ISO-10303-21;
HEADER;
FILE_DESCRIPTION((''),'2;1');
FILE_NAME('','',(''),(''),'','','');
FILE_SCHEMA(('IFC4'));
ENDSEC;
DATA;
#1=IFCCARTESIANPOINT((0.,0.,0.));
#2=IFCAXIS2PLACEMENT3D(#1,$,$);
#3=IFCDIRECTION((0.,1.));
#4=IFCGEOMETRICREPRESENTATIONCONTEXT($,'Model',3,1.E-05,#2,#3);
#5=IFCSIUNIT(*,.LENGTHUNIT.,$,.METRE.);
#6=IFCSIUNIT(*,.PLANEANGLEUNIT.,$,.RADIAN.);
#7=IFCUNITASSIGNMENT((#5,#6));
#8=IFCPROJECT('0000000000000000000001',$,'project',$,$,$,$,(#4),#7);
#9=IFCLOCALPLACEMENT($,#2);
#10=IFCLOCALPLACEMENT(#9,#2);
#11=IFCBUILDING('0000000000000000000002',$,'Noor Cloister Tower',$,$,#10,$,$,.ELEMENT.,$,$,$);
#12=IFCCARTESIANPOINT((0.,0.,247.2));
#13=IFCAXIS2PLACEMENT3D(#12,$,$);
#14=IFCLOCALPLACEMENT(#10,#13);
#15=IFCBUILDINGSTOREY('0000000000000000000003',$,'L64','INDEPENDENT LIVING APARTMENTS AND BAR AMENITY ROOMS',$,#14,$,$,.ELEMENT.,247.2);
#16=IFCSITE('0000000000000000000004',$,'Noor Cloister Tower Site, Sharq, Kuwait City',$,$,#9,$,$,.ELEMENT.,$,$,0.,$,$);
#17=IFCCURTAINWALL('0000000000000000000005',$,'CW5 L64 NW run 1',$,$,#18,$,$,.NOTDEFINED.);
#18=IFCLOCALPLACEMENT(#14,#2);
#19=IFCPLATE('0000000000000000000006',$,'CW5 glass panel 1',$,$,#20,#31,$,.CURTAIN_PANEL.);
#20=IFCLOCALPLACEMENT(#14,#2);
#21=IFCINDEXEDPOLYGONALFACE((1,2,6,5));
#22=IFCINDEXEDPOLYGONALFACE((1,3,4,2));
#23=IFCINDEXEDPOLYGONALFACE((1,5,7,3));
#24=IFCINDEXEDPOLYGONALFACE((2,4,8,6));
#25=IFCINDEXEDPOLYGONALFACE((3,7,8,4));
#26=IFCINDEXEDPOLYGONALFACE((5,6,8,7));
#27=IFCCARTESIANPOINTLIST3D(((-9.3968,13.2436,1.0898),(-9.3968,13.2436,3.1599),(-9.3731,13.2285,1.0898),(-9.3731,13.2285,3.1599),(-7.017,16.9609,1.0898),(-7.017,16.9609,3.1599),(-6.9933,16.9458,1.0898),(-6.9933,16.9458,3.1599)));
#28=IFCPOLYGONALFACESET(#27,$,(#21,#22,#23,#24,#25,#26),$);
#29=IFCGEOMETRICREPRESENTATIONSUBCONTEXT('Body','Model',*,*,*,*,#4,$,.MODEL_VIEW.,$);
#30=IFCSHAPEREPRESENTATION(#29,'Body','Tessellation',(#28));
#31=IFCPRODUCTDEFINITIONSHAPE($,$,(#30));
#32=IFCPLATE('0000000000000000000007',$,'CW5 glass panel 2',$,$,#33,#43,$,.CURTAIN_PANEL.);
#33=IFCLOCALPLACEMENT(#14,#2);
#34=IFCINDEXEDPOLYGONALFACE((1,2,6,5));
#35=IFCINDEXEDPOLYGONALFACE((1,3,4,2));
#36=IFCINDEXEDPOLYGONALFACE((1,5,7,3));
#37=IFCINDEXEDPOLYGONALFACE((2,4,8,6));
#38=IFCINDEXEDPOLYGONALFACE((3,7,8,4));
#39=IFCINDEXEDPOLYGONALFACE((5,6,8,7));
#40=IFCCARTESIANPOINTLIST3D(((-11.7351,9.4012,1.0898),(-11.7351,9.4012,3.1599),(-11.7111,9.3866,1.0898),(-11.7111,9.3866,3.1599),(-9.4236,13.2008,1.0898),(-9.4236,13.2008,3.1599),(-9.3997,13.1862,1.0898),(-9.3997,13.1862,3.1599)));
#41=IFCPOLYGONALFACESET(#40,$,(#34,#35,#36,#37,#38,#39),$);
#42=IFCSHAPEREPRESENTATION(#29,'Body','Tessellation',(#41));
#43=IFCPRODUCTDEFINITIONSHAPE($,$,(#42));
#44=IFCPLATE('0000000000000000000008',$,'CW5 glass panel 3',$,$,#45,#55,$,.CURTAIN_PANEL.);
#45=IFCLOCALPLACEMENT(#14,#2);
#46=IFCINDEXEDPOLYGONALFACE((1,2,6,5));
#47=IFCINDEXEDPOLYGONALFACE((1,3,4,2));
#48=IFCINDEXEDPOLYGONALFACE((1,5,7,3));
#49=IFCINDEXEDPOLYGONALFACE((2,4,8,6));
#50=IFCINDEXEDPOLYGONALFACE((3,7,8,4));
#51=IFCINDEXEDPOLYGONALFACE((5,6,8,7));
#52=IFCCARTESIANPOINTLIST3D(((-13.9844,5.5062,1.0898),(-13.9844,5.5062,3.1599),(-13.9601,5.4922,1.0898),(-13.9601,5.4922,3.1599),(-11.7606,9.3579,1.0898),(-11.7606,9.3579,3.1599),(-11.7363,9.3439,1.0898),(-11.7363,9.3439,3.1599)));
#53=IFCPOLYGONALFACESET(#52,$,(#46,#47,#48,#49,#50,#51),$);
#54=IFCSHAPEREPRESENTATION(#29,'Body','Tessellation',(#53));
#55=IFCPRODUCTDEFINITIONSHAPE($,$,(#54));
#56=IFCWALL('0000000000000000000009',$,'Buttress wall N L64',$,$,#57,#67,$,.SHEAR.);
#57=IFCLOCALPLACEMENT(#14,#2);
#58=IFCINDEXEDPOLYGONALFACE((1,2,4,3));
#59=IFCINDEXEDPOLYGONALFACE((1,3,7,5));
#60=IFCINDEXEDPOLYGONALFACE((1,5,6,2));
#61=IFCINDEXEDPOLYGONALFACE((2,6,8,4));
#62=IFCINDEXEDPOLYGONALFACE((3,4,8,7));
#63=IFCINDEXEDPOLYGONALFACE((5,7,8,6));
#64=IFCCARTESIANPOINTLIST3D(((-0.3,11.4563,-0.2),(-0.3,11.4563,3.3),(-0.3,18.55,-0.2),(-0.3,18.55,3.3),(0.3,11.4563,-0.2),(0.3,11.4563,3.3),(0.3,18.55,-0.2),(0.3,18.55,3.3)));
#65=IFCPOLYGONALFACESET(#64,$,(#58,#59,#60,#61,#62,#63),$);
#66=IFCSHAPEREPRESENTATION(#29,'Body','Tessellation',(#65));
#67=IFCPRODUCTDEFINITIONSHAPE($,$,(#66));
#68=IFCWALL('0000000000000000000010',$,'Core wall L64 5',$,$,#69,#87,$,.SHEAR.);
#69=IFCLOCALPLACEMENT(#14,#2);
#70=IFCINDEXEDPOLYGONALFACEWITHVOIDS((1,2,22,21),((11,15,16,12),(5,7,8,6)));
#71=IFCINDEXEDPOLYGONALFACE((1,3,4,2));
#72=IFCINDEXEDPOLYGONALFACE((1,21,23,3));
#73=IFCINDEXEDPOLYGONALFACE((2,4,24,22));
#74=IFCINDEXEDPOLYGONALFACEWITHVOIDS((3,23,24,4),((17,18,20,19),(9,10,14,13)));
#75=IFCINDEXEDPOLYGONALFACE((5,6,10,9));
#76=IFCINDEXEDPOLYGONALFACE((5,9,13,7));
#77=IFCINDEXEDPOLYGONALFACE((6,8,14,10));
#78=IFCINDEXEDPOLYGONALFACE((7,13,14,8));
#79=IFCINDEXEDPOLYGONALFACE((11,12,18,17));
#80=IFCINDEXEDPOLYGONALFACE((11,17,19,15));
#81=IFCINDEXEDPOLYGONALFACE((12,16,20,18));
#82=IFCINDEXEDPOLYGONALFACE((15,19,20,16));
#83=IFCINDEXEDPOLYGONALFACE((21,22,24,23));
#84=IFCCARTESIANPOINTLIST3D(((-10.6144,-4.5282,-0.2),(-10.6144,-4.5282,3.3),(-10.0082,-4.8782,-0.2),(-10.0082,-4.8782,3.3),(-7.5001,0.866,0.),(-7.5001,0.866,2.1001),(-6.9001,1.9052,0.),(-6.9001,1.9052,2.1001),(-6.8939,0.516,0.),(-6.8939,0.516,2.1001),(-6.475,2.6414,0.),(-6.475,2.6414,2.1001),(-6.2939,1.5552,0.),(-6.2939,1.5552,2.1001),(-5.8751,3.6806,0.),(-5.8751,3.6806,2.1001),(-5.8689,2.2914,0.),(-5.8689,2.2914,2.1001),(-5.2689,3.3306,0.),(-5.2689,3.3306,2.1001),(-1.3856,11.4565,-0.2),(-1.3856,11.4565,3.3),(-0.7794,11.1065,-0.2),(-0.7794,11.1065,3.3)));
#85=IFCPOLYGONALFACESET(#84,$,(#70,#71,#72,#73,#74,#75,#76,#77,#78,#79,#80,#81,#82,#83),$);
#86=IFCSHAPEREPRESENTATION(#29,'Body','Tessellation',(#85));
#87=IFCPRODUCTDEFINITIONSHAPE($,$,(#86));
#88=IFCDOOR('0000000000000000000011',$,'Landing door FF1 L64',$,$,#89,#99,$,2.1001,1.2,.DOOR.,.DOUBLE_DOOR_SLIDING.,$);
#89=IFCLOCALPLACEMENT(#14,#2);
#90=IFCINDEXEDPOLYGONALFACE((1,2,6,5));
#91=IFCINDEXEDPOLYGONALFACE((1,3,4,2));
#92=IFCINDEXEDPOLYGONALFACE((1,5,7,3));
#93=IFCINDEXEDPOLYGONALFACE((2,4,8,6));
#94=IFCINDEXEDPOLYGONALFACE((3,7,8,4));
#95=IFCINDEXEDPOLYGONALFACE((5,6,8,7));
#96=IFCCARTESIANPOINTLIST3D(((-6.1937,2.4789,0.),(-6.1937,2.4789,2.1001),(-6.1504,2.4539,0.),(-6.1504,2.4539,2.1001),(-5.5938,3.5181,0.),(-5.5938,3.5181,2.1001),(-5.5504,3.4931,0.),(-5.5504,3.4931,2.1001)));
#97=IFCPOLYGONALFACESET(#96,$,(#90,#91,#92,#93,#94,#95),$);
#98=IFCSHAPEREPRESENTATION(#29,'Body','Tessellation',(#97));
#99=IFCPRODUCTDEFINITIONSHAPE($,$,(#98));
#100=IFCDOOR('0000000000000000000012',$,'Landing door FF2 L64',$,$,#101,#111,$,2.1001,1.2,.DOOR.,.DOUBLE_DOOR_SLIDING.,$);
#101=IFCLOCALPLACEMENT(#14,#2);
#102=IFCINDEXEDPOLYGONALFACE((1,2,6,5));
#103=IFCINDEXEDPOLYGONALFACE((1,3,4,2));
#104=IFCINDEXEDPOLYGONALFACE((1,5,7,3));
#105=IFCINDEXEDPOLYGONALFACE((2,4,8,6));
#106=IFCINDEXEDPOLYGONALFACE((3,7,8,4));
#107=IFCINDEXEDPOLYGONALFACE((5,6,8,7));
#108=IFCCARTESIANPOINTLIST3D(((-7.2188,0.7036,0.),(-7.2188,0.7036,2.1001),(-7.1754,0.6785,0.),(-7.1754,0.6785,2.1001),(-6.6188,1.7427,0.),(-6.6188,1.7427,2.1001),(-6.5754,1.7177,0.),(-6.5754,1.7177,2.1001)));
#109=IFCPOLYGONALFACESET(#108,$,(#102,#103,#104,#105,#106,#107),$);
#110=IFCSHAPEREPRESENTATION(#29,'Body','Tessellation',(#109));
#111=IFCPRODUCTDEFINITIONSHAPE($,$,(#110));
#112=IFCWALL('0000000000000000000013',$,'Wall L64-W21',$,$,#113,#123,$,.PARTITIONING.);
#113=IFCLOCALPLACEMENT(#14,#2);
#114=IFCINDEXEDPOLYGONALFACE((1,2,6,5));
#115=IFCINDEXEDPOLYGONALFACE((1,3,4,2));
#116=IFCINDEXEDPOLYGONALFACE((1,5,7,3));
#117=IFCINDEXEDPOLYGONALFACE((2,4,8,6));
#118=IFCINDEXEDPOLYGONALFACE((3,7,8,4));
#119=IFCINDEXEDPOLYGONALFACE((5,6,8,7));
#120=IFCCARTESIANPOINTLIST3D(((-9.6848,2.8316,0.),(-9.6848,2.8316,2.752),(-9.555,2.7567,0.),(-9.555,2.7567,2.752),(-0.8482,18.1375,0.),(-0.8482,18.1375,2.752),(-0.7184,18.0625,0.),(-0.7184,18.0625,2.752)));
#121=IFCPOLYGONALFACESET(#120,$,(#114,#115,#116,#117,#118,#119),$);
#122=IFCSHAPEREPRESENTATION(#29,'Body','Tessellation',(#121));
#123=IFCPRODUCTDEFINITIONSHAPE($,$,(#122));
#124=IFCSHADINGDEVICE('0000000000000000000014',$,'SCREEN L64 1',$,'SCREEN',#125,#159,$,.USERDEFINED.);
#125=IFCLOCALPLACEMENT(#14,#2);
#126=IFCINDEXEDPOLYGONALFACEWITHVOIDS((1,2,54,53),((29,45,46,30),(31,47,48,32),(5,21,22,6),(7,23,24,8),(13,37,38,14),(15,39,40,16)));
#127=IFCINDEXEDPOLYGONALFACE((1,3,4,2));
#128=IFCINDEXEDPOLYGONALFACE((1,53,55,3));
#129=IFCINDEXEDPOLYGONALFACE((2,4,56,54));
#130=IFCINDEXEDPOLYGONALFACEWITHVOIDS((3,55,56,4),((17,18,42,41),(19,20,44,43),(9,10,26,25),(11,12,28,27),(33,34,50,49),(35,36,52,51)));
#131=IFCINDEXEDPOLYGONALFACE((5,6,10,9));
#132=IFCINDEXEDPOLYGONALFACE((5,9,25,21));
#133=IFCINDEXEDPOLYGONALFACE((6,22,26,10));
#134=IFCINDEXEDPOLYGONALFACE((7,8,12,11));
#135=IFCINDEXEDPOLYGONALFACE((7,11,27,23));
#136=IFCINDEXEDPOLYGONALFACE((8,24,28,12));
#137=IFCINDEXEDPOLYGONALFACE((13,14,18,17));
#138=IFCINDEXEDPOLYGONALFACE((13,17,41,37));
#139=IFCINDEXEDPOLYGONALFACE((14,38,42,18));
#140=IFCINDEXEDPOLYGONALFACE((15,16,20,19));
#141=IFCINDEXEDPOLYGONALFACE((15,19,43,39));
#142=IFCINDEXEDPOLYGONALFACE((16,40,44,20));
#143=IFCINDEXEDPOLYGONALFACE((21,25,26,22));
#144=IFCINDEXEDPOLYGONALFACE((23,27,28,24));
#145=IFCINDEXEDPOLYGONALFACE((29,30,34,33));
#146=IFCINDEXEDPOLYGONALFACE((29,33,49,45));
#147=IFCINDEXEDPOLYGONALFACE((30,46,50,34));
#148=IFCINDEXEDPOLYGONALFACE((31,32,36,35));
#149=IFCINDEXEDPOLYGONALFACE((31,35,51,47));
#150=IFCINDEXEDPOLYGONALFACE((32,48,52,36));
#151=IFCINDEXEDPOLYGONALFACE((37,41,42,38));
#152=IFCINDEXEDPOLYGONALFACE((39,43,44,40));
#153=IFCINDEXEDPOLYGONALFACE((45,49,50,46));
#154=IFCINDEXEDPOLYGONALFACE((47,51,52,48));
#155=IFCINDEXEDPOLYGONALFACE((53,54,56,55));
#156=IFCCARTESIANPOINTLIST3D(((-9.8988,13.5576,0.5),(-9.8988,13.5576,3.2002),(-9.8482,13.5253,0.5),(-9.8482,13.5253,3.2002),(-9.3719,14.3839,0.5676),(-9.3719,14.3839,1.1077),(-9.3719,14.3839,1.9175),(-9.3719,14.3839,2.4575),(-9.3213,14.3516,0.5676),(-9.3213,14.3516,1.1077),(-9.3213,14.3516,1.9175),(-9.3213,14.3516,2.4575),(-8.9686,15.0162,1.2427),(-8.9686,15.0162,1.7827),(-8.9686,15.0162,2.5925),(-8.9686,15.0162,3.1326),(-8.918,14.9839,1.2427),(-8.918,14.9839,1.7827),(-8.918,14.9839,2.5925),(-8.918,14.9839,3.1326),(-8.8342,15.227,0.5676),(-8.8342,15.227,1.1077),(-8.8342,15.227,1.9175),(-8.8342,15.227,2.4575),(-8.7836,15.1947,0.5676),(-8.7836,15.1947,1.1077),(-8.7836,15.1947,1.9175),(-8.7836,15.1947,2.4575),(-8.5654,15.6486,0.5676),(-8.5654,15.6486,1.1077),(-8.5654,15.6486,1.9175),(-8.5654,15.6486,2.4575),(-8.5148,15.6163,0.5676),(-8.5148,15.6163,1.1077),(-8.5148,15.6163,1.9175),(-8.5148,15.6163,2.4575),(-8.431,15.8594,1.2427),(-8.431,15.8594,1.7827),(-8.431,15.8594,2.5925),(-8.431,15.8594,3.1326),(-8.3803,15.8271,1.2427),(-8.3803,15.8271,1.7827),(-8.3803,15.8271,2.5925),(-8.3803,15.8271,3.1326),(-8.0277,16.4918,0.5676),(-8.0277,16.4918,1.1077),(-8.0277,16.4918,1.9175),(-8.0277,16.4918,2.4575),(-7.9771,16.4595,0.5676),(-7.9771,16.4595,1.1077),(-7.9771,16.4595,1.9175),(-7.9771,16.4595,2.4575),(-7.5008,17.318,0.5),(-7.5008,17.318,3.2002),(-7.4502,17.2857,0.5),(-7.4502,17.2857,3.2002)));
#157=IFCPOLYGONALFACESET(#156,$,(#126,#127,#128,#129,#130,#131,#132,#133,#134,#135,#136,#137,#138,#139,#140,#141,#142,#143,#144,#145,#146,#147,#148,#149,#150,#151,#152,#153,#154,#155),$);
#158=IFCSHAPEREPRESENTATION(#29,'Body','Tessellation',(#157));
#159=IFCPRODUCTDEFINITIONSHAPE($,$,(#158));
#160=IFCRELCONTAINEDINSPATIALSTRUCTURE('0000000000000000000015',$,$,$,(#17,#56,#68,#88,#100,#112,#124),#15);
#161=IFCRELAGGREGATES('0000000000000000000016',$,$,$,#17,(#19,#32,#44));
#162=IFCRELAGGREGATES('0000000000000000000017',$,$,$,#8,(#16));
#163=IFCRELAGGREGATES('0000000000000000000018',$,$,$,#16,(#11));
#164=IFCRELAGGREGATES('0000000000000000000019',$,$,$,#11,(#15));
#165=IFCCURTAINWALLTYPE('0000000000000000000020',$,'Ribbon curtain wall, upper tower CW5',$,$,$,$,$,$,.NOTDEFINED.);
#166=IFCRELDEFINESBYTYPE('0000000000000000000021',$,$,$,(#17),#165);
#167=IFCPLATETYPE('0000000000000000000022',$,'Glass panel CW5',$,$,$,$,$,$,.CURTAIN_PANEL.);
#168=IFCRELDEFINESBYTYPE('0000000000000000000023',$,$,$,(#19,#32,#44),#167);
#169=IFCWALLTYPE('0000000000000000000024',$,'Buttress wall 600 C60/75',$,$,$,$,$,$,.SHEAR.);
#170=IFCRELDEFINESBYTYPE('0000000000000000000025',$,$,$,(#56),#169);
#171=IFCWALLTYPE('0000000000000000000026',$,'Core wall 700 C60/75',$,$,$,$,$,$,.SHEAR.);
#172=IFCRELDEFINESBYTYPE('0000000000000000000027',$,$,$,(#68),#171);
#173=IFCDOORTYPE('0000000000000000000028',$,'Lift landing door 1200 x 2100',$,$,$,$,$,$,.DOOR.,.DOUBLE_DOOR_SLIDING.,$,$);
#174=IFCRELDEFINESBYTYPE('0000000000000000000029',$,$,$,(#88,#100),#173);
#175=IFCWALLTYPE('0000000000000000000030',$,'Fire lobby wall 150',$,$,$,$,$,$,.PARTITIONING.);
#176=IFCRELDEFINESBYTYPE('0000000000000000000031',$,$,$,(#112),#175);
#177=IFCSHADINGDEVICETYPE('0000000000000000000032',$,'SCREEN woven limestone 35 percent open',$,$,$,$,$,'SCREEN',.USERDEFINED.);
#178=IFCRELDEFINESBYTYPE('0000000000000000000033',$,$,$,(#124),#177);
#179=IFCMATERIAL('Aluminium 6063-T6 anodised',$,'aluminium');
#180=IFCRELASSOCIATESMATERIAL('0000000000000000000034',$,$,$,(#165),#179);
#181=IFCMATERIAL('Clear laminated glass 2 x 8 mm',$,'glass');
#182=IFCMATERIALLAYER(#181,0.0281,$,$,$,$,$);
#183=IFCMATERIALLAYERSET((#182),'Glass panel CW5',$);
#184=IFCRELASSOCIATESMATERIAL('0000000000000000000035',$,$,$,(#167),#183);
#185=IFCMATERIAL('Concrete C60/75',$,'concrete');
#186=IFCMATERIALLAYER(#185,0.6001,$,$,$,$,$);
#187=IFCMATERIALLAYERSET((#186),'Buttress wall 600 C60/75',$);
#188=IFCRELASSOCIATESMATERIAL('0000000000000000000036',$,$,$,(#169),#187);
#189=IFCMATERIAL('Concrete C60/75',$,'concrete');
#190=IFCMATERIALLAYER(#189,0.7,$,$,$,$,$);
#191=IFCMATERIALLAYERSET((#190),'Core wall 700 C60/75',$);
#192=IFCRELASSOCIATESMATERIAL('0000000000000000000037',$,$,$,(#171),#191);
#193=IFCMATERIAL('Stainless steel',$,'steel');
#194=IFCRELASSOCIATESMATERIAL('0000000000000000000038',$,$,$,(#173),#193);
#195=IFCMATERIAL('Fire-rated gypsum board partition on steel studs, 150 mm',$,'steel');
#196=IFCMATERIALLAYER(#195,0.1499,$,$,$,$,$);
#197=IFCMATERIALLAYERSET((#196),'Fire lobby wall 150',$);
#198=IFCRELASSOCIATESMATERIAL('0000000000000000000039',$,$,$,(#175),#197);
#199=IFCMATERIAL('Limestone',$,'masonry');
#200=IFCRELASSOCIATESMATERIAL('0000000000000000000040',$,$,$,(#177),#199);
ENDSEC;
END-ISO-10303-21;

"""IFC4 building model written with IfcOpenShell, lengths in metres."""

from ifc_helpers import new_model, si_unit, direction, frame, frame_2d, origin, origin_2d, place, context, subcontext, project, spatial, polyline, rectangle, outline, extrude, material, layer, layer_set, material_profile, profile_set, type_object, element, fill, aggregate, save


model = new_model("IFC4")

# Units and contexts
model_context = context("Model", 3, precision=1e-05, world=origin(), true_north=direction((0.0, 1.0)))
body_context = subcontext(model_context, "Body", "Model", "MODEL_VIEW")
ifc_project = project(units=[si_unit("LENGTHUNIT", "METRE"), si_unit("PLANEANGLEUNIT", "RADIAN")], contexts=[model_context])

# Site, building, storey
site_placement = place(None, origin())
site = spatial("IfcSite", under=ifc_project, at=site_placement, Name="Noor Cloister Tower Site, Sharq, Kuwait City", CompositionType="ELEMENT", RefElevation=0.0)
building_placement = place(site_placement, origin())
building = spatial("IfcBuilding", under=site, at=building_placement, Name="Noor Cloister Tower", CompositionType="ELEMENT")
storey_placement = place(building_placement, frame((0.0, 0.0, 247.2)))
storey = spatial("IfcBuildingStorey", under=building, at=storey_placement, Name="L64", Description="INDEPENDENT LIVING APARTMENTS AND BAR AMENITY ROOMS", CompositionType="ELEMENT", Elevation=247.2)

# Curtain wall
ifc_material_1 = material(Name="Aluminium 6063-T6 anodised", Category="aluminium")
curtain_wall_type = type_object("IfcCurtainWallType", Name="Ribbon curtain wall, upper tower CW5", PredefinedType="NOTDEFINED", material=ifc_material_1)
curtain_wall_placement = place(storey_placement, origin())
curtain_wall = element("IfcCurtainWall", 1, at=curtain_wall_placement, inside=storey, type_object=curtain_wall_type, Name="CW5 L64 NW run 1", PredefinedType="NOTDEFINED")

# Plates
ifc_material_2 = material(Name="Clear laminated glass 2 x 8 mm", Category="glass")
ifc_layer_1 = layer(ifc_material_2, 0.0281)
ifc_layer_set_1 = layer_set([ifc_layer_1], Name="Glass panel CW5")
plate_type = type_object("IfcPlateType", Name="Glass panel CW5", PredefinedType="CURTAIN_PANEL", material=ifc_layer_set_1)
plate_1_placement = place(storey_placement, frame((-8.1951, 15.0947, 1.0898), z_axis=(0.0, 0.0, 1.0), x_axis=(-0.539171, -0.842196, 0.0)))
plate_1 = element("IfcPlate", 2, at=plate_1_placement, type_object=plate_type, Name="CW5 glass panel 1", PredefinedType="CURTAIN_PANEL", context=body_context, shape_type="SweptSolid", body=[
    extrude(rectangle(XDim=4.4138, YDim=0.0281, at=origin_2d()), origin(), (0.0, 0.0, 1.0), 2.0701),
])
plate_2_placement = place(storey_placement, frame((-10.5674, 11.2937, 1.0898), z_axis=(0.0, 0.0, 1.0), x_axis=(-0.519722, -0.854335, 0.0)))
plate_2 = element("IfcPlate", 3, at=plate_2_placement, type_object=plate_type, Name="CW5 glass panel 2", PredefinedType="CURTAIN_PANEL", context=body_context, shape_type="SweptSolid", body=[
    extrude(rectangle(XDim=4.4475, YDim=0.0281, at=origin_2d()), origin(), (0.0, 0.0, 1.0), 2.0701),
])
plate_3_placement = place(storey_placement, frame((-12.8604, 7.425, 1.0898), z_axis=(0.0, 0.0, 1.0), x_axis=(-0.5, -0.866025, 0.0)))
plate_3 = element("IfcPlate", 4, at=plate_3_placement, type_object=plate_type, Name="CW5 glass panel 3", PredefinedType="CURTAIN_PANEL", context=body_context, shape_type="SweptSolid", body=[
    extrude(rectangle(XDim=4.4475, YDim=0.0281, at=origin_2d()), origin(), (0.0, 0.0, 1.0), 2.0701),
])
aggregate(curtain_wall, [plate_1, plate_2, plate_3])

# Wall
ifc_material_3 = material(Name="Concrete C60/75", Category="concrete")
ifc_layer_2 = layer(ifc_material_3, 0.6001)
ifc_layer_set_2 = layer_set([ifc_layer_2], Name="Buttress wall 600 C60/75")
wall_type_1 = type_object("IfcWallType", Name="Buttress wall 600 C60/75", PredefinedType="SHEAR", material=ifc_layer_set_2)
wall_1_placement = place(storey_placement, frame((0.0, 11.4563, -0.2), z_axis=(0.0, 0.0, 1.0), x_axis=(0.0, 1.0, 0.0)))
element("IfcWall", 5, at=wall_1_placement, inside=storey, type_object=wall_type_1, Name="Buttress wall N L64", PredefinedType="SHEAR", context=body_context, shape_type="SweptSolid", body=[
    extrude(rectangle(XDim=7.0938, YDim=0.6001, at=frame_2d((3.5469, 0.0))), origin(), (0.0, 0.0, 1.0), 3.5),
])

# Wall, openings, doors
ifc_material_4 = material(Name="Concrete C60/75", Category="concrete")
ifc_layer_3 = layer(ifc_material_4, 0.7)
ifc_layer_set_3 = layer_set([ifc_layer_3], Name="Core wall 700 C60/75")
wall_type_2 = type_object("IfcWallType", Name="Core wall 700 C60/75", PredefinedType="SHEAR", material=ifc_layer_set_3)
wall_2_placement = place(storey_placement, frame((-1.0825, 11.2815, -0.2), z_axis=(0.0, 0.0, 1.0), x_axis=(-0.500001, -0.866025, 0.0)))
wall_2 = element("IfcWall", 6, at=wall_2_placement, inside=storey, type_object=wall_type_2, Name="Core wall L64 5", PredefinedType="SHEAR", context=body_context, shape_type="SweptSolid", body=[
    extrude(rectangle(XDim=18.4575, YDim=0.7, at=frame_2d((9.2288, 0.0))), origin(), (0.0, 0.0, 1.0), 3.5),
])
opening_1_placement = place(wall_2_placement, frame((8.9788, 0.0, 0.2)))
opening_1 = element("IfcOpeningElement", 7, at=opening_1_placement, cuts=wall_2, PredefinedType="OPENING", context=body_context, shape_type="SweptSolid", body=[
    extrude(rectangle(XDim=1.2, YDim=2.1001, at=frame_2d((0.6001, 1.05))), frame((0.0, 0.3599, 0.0), z_axis=(0.0, -1.0, 0.0), x_axis=(1.0, 0.0, 0.0)), (0.0, 0.0, 1.0), 0.72),
])
opening_2_placement = place(wall_2_placement, frame((11.0288, 0.0, 0.2)))
opening_2 = element("IfcOpeningElement", 8, at=opening_2_placement, cuts=wall_2, PredefinedType="OPENING", context=body_context, shape_type="SweptSolid", body=[
    extrude(rectangle(XDim=1.2, YDim=2.1001, at=frame_2d((0.6001, 1.05))), frame((0.0, 0.3599, 0.0), z_axis=(0.0, -1.0, 0.0), x_axis=(1.0, 0.0, 0.0)), (0.0, 0.0, 1.0), 0.72),
])
ifc_material_5 = material(Name="Stainless steel", Category="steel")
door_type = type_object("IfcDoorType", Name="Lift landing door 1200 x 2100", OperationType="DOUBLE_DOOR_SLIDING", PredefinedType="DOOR", material=ifc_material_5)
door_1_placement = place(opening_1_placement, origin())
door_1 = element("IfcDoor", 9, at=door_1_placement, inside=storey, type_object=door_type, Name="Landing door FF1 L64", OperationType="DOUBLE_DOOR_SLIDING", OverallHeight=2.1001, OverallWidth=1.2, PredefinedType="DOOR", context=body_context, shape_type="SweptSolid", body=[
    extrude(rectangle(XDim=1.2, YDim=2.1001, at=frame_2d((0.6001, 1.05))), frame((0.0, 0.0249, 0.0), z_axis=(0.0, -1.0, 0.0), x_axis=(1.0, 0.0, 0.0)), (0.0, 0.0, 1.0), 0.05),
])
fill(opening_1, door_1)
door_2_placement = place(opening_2_placement, origin())
door_2 = element("IfcDoor", 10, at=door_2_placement, inside=storey, type_object=door_type, Name="Landing door FF2 L64", OperationType="DOUBLE_DOOR_SLIDING", OverallHeight=2.1001, OverallWidth=1.2, PredefinedType="DOOR", context=body_context, shape_type="SweptSolid", body=[
    extrude(rectangle(XDim=1.2, YDim=2.1001, at=frame_2d((0.6001, 1.05))), frame((0.0, 0.0249, 0.0), z_axis=(0.0, -1.0, 0.0), x_axis=(1.0, 0.0, 0.0)), (0.0, 0.0, 1.0), 0.05),
])
fill(opening_2, door_2)

# Wall
ifc_material_6 = material(Name="Fire-rated gypsum board partition on steel studs, 150 mm", Category="steel")
ifc_layer_4 = layer(ifc_material_6, 0.1499)
ifc_layer_set_4 = layer_set([ifc_layer_4], Name="Fire lobby wall 150")
wall_type_3 = type_object("IfcWallType", Name="Fire lobby wall 150", PredefinedType="PARTITIONING", material=ifc_layer_set_4)
wall_3_placement = place(storey_placement, frame((-0.7832, 18.1001, 0.0), z_axis=(0.0, 0.0, 1.0), x_axis=(-0.499992, -0.86603, 0.0)))
element("IfcWall", 11, at=wall_3_placement, inside=storey, type_object=wall_type_3, Name="Wall L64-W21", PredefinedType="PARTITIONING", context=body_context, shape_type="SweptSolid", body=[
    extrude(rectangle(XDim=17.6736, YDim=0.1499, at=frame_2d((8.8369, 0.0))), origin(), (0.0, 0.0, 1.0), 2.752),
])

# Shading device
ifc_material_7 = material(Name="Limestone", Category="masonry")
ifc_material_profile_1 = material_profile(ifc_material_7, outline(polyline([(-2.23, -1.3501), (2.23, -1.3501), (2.23, 1.3501), (-2.23, 1.3501), (-2.23, -1.3501)]), holes=[polyline([(-1.25, -1.2825), (-0.25, -1.2825), (-0.25, -0.7424), (-1.25, -0.7424), (-1.25, -1.2825)]), polyline([(0.25, -1.2825), (1.25, -1.2825), (1.25, -0.7424), (0.25, -0.7424), (0.25, -1.2825)]), polyline([(-0.5, -0.6074), (0.5, -0.6074), (0.5, -0.0674), (-0.5, -0.0674), (-0.5, -0.6074)]), polyline([(-1.25, 0.0674), (-0.25, 0.0674), (-0.25, 0.6074), (-1.25, 0.6074), (-1.25, 0.0674)]), polyline([(0.25, 0.0674), (1.25, 0.0674), (1.25, 0.6074), (0.25, 0.6074), (0.25, 0.0674)]), polyline([(-0.5, 0.7424), (0.5, 0.7424), (0.5, 1.2825), (-0.5, 1.2825), (-0.5, 0.7424)])]), Name="Woven screen 35 percent open")
ifc_profile_set_1 = profile_set([ifc_material_profile_1], Name="Limestone")
shading_device_type = type_object("IfcShadingDeviceType", Name="SCREEN woven limestone 35 percent open", ElementType="SCREEN", PredefinedType="USERDEFINED", material=ifc_profile_set_1)
for number, where, z_axis, x_axis, name in (
    (12, (-8.6492, 15.4055, 1.8501), (-0.843158, 0.537666, 0.0), (-0.537666, -0.843158, 0.0), "SCREEN L64 1"),
):
    element("IfcShadingDevice", number, at=place(storey_placement, frame(where, z_axis=z_axis, x_axis=x_axis)), inside=storey, type_object=shading_device_type, Name=name, ObjectType="SCREEN", PredefinedType="USERDEFINED", context=body_context, shape_type="SweptSolid", body=[
        extrude(outline(polyline([(-2.23, -1.3501), (2.23, -1.3501), (2.23, 1.3501), (-2.23, 1.3501), (-2.23, -1.3501)]), holes=[polyline([(-1.25, -1.2825), (-0.25, -1.2825), (-0.25, -0.7424), (-1.25, -0.7424), (-1.25, -1.2825)]), polyline([(0.25, -1.2825), (1.25, -1.2825), (1.25, -0.7424), (0.25, -0.7424), (0.25, -1.2825)]), polyline([(-0.5, -0.6074), (0.5, -0.6074), (0.5, -0.0674), (-0.5, -0.0674), (-0.5, -0.6074)]), polyline([(-1.25, 0.0674), (-0.25, 0.0674), (-0.25, 0.6074), (-1.25, 0.6074), (-1.25, 0.0674)]), polyline([(0.25, 0.0674), (1.25, 0.0674), (1.25, 0.6074), (0.25, 0.6074), (0.25, 0.0674)]), polyline([(-0.5, 0.7424), (0.5, 0.7424), (0.5, 1.2825), (-0.5, 1.2825), (-0.5, 0.7424)])]), origin(), (0.0, 0.0, 1.0), 0.0601),
    ])

save(model, "model.ifc")
